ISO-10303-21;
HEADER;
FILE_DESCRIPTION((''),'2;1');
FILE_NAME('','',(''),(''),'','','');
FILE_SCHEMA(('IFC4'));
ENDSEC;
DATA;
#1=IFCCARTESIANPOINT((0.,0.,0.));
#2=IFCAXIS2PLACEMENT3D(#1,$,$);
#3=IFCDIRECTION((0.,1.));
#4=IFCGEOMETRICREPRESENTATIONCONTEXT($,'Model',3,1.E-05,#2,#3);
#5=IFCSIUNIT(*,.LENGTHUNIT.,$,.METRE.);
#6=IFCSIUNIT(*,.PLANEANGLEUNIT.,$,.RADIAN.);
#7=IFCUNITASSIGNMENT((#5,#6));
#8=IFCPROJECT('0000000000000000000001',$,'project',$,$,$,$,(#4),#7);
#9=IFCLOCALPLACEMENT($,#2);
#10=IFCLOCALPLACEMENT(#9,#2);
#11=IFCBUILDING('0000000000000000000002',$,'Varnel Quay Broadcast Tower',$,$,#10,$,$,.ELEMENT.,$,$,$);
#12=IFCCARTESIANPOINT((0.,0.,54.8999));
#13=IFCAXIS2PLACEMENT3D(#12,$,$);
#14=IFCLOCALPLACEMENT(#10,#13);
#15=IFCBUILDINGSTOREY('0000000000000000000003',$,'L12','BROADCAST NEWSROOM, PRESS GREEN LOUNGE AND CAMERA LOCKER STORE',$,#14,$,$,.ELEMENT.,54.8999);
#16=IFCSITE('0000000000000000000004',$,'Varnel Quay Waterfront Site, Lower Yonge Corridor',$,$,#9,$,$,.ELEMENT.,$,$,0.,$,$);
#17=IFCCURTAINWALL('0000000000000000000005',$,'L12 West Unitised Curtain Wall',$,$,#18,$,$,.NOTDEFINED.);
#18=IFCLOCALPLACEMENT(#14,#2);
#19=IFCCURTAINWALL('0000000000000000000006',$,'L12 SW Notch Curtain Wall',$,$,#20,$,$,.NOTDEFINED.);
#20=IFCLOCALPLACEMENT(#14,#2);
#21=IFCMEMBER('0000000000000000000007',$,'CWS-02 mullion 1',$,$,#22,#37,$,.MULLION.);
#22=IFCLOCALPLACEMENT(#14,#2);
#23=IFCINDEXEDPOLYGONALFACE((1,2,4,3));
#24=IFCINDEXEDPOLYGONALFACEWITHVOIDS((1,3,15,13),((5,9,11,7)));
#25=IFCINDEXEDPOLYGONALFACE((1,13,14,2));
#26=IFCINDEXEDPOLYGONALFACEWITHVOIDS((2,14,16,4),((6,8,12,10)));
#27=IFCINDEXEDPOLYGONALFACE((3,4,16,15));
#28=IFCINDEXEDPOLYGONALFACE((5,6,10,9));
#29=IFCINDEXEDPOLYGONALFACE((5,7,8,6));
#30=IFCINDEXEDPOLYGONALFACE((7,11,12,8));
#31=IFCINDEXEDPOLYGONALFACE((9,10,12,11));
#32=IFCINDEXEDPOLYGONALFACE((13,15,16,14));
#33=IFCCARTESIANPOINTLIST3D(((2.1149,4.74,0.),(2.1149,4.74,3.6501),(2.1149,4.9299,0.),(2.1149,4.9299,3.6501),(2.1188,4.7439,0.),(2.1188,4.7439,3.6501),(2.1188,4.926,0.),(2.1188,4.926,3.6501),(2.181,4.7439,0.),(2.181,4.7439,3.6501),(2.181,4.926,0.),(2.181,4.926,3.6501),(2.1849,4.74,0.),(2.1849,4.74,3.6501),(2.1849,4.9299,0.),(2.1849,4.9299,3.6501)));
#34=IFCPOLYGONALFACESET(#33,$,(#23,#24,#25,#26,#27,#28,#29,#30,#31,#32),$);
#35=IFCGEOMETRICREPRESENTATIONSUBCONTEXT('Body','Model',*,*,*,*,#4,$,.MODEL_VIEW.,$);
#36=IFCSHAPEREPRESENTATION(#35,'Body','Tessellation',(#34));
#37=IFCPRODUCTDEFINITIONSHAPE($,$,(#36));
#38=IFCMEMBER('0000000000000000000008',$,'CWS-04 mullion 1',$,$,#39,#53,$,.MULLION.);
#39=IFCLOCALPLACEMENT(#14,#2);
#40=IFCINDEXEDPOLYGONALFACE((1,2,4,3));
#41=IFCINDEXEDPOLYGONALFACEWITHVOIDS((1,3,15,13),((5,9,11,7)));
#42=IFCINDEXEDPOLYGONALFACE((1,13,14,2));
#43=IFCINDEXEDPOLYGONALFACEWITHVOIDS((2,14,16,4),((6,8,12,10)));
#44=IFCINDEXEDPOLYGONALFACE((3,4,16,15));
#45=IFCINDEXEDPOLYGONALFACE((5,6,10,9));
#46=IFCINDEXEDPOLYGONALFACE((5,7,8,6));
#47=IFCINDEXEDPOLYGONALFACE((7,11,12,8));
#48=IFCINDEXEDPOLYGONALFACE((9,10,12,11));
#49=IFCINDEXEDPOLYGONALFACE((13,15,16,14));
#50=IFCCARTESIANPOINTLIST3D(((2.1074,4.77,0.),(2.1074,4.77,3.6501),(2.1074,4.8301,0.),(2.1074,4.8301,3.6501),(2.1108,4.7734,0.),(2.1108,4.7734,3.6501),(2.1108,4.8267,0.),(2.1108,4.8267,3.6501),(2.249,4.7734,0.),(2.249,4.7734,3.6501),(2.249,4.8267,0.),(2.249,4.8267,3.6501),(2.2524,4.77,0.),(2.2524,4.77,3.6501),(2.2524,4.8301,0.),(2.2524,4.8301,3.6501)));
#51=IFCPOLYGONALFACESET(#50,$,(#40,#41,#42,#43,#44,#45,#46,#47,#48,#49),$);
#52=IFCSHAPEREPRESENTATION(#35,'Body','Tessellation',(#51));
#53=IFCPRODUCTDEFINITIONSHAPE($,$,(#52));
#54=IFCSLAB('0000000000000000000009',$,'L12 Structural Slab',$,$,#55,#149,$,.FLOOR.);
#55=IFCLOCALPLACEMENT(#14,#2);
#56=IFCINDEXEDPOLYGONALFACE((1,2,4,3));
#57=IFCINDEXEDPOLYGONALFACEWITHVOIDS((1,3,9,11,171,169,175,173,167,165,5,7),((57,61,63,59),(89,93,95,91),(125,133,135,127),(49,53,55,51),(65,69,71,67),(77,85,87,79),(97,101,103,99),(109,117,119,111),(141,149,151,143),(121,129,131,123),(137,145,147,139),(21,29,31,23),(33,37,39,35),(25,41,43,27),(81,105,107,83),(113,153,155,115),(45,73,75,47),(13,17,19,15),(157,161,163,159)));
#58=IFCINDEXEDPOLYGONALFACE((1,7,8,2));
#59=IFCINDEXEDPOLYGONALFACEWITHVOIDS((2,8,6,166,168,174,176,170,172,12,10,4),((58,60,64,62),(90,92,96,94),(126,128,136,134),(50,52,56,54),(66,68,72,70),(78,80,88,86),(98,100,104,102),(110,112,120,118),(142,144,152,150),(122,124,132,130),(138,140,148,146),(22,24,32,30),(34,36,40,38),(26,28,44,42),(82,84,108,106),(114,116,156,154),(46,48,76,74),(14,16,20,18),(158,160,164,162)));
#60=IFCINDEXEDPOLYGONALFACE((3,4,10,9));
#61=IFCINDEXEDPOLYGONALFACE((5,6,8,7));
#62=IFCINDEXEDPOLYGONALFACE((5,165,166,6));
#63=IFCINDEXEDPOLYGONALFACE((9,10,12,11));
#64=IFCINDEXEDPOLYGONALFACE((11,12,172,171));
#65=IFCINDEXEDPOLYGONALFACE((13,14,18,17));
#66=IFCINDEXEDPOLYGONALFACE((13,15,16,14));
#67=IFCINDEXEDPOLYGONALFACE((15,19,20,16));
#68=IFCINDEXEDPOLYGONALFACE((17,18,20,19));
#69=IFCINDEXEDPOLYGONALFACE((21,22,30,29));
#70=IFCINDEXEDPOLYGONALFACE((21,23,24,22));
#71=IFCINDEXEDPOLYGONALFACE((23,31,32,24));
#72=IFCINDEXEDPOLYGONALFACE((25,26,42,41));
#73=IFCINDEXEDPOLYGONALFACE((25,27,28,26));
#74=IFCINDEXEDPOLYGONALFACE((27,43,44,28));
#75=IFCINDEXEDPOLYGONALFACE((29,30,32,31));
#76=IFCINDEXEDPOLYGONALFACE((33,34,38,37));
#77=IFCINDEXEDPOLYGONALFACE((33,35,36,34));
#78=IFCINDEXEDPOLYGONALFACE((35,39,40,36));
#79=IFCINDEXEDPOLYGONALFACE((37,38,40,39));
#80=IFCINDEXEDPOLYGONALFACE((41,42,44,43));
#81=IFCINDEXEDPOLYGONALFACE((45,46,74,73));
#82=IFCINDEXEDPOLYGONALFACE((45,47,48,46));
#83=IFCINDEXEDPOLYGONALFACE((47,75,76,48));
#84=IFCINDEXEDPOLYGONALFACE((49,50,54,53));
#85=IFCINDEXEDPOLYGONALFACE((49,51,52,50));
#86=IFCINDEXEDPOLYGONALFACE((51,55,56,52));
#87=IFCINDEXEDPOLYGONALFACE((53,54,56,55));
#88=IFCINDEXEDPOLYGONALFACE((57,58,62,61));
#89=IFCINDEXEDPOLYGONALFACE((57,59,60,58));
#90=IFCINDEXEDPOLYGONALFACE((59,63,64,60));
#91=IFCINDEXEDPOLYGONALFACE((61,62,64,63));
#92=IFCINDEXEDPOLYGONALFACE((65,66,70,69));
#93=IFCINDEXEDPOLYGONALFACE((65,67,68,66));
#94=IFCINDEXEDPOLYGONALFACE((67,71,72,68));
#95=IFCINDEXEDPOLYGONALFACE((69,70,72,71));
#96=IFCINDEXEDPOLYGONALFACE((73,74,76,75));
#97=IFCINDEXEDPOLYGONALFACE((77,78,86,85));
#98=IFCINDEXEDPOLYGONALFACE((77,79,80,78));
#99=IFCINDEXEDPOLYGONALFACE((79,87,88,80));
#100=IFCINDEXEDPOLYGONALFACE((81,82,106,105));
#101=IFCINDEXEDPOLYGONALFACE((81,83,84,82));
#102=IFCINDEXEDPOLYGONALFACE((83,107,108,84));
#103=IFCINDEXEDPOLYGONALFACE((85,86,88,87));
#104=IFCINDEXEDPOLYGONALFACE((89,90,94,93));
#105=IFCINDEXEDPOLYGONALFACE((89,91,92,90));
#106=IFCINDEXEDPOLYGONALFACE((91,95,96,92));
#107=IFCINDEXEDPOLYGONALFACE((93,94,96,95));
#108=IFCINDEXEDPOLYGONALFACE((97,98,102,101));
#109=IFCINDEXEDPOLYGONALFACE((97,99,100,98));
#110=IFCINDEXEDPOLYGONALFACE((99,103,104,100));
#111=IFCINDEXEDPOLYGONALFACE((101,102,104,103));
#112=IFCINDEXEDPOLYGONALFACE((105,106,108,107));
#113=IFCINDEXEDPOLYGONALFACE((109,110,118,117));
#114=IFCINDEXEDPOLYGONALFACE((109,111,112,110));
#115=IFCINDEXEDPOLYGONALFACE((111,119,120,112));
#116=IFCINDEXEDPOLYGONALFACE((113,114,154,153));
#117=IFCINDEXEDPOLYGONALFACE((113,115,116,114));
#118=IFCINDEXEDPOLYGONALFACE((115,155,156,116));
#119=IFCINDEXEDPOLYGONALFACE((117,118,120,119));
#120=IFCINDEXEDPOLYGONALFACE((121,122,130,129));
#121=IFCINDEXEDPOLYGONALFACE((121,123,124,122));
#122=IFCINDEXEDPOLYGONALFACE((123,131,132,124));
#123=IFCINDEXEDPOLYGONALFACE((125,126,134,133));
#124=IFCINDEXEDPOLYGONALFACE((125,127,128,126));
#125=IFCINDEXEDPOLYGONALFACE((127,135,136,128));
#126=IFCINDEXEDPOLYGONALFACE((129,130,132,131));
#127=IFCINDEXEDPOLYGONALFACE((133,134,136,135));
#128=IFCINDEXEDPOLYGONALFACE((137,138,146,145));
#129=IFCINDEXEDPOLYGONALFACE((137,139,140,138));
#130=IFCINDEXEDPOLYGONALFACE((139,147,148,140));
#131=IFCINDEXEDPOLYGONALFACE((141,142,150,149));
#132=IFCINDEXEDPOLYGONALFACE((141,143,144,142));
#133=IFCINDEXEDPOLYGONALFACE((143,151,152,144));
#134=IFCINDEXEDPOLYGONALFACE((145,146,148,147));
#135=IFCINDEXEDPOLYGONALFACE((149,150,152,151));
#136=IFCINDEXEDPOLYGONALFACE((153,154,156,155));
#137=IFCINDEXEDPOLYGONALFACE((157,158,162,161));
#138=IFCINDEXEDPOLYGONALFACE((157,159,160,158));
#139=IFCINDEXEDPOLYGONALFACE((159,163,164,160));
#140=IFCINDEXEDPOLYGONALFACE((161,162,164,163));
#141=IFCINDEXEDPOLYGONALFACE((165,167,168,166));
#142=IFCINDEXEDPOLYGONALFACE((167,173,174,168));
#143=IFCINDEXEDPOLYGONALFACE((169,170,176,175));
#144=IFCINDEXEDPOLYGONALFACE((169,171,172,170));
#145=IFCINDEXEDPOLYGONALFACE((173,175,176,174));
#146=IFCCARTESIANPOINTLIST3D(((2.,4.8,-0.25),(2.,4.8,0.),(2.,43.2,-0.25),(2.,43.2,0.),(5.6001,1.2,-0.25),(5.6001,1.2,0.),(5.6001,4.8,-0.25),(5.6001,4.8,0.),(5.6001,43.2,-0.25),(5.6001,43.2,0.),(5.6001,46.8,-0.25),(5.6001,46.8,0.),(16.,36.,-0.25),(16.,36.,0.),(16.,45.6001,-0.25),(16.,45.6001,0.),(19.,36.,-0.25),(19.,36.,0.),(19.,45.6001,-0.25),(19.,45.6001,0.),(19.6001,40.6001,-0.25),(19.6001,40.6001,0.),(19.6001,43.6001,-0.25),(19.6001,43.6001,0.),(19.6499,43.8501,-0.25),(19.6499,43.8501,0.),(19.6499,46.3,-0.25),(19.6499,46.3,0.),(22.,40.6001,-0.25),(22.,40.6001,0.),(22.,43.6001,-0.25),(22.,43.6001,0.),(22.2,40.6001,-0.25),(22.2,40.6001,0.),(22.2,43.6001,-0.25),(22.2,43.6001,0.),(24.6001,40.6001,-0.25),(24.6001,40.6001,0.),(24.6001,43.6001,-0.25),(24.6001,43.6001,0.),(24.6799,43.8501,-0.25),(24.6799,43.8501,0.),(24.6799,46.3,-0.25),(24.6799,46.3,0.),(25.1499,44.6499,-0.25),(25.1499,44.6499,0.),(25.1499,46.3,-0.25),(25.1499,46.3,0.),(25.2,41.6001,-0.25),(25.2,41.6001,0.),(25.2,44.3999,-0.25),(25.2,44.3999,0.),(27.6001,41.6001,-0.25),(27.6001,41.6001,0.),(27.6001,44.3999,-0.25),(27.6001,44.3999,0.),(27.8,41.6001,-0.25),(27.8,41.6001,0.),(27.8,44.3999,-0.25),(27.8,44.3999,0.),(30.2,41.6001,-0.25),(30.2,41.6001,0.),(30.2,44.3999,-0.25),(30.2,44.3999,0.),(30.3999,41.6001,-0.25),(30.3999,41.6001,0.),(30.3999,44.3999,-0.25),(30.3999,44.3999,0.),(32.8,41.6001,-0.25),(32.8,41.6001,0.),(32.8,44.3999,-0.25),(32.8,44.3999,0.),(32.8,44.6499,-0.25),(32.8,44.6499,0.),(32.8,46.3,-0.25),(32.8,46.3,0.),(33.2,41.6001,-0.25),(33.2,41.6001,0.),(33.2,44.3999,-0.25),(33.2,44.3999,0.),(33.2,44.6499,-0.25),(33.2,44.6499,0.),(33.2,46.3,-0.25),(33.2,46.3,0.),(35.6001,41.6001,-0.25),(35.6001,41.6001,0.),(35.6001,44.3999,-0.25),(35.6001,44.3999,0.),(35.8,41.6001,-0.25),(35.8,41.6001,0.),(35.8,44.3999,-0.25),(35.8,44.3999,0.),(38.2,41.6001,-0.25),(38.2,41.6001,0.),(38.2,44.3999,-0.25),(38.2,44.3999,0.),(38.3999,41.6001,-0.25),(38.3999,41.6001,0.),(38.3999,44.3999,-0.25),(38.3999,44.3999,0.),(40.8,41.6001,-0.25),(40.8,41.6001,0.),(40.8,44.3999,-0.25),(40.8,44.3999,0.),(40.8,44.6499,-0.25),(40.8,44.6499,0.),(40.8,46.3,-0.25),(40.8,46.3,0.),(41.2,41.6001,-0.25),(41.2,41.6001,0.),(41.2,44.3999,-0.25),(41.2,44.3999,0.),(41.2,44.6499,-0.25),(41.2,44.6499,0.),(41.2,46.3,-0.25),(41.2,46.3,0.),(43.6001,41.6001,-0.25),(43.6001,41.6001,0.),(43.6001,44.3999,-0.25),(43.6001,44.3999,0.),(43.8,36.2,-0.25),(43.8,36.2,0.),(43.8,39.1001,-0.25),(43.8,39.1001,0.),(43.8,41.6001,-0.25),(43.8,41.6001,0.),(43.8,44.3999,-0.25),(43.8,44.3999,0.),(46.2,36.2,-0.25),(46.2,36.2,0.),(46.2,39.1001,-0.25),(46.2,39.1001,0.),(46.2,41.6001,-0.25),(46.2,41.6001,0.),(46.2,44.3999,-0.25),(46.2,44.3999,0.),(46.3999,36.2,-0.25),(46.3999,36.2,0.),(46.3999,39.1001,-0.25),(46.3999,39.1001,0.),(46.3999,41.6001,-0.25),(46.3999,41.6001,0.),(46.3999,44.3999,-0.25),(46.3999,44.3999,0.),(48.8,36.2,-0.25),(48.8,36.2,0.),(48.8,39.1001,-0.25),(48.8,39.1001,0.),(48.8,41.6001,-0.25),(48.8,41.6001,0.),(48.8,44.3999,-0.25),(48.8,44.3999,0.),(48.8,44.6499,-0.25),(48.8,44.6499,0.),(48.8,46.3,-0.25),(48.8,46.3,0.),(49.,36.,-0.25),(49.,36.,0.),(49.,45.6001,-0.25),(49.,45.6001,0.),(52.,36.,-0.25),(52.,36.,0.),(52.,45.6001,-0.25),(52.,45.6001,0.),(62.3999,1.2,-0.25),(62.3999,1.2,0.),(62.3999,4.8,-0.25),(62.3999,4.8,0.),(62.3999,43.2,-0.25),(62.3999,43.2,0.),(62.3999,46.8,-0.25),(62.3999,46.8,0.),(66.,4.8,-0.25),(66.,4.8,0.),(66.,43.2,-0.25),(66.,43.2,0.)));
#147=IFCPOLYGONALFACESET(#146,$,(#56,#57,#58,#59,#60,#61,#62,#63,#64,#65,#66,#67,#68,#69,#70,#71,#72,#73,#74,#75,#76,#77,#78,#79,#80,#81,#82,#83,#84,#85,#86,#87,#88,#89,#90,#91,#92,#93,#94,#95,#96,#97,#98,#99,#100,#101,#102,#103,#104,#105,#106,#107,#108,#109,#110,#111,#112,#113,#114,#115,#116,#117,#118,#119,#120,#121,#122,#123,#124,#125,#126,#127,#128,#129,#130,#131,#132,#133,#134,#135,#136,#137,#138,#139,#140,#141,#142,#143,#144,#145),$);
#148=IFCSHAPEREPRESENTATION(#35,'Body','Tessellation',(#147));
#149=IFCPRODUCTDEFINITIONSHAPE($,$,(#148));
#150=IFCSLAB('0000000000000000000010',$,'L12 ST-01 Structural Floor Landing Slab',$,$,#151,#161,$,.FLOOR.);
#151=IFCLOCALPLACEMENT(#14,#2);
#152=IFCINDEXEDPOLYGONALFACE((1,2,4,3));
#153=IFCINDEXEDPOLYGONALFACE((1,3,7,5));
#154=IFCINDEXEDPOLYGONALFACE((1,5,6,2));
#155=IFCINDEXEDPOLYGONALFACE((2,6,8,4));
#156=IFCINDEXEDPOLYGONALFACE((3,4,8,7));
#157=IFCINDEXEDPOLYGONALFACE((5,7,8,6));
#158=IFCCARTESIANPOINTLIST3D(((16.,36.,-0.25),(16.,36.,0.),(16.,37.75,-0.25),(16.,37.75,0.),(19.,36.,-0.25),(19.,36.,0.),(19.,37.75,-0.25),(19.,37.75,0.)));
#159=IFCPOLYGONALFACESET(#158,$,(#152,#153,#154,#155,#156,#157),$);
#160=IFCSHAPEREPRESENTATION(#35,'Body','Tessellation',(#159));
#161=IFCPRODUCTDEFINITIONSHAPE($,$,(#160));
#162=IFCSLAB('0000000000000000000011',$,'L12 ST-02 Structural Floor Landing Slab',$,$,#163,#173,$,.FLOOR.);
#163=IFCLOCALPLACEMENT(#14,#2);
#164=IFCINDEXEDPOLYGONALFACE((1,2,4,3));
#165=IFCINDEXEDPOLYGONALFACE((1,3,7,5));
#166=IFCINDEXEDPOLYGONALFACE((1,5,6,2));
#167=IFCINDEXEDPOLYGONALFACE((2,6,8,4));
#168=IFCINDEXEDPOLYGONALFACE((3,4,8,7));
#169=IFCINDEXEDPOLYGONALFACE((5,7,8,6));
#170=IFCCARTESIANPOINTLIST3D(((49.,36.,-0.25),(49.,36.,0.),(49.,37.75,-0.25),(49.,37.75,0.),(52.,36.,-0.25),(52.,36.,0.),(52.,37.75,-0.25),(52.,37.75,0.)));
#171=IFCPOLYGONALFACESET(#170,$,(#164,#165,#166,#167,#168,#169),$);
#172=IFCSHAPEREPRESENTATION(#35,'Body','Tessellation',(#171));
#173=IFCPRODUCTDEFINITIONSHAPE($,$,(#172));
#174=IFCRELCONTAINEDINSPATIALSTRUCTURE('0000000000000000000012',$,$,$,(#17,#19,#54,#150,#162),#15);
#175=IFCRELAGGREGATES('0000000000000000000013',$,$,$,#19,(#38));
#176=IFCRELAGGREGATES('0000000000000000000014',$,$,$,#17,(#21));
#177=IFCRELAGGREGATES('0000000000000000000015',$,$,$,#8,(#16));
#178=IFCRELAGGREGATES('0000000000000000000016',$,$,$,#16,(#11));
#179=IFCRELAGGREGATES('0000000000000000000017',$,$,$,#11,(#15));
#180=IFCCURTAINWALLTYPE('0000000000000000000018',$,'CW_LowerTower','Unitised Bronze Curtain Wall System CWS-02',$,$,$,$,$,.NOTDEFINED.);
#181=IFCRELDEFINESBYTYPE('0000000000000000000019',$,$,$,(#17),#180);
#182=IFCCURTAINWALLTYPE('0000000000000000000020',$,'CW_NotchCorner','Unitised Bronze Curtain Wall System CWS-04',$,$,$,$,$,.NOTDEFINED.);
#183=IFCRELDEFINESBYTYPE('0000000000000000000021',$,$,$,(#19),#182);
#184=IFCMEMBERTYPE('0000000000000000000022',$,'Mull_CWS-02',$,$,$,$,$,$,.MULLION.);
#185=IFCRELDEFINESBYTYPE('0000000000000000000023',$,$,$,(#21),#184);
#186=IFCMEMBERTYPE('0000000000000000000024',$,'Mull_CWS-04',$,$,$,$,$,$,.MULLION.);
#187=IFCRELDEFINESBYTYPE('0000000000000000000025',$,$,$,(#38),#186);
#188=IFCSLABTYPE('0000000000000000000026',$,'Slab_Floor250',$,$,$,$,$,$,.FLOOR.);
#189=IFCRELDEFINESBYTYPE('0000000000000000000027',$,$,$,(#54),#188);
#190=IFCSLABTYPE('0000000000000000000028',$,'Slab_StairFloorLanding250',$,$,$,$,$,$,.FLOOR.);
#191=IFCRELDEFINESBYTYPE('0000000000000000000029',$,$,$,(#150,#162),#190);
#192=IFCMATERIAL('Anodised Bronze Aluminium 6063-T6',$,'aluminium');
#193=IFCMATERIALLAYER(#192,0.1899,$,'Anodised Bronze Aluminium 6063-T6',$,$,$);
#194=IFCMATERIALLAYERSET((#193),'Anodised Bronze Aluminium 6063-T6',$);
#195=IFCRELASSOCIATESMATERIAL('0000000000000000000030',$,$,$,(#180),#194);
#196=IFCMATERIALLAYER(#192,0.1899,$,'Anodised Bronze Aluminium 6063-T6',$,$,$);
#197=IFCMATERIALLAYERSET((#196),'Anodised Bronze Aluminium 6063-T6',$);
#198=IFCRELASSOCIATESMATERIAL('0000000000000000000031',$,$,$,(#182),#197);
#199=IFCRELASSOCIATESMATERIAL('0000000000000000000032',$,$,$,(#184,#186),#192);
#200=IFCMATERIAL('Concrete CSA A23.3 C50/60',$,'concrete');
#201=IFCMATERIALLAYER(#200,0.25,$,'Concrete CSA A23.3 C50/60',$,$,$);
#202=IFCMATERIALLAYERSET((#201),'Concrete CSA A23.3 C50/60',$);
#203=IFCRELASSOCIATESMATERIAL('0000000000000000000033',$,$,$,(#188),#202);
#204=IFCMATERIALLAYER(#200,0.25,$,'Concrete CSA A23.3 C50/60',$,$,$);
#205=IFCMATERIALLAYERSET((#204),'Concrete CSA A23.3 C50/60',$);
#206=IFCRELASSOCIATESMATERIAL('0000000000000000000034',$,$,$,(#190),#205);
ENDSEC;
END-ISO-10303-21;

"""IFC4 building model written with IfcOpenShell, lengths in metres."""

from ifc_helpers import new_model, si_unit, direction, frame, origin, origin_2d, place, context, subcontext, project, spatial, polyline, hollow_rectangle, outline, extrude, source, transform, mapped, material, layer, layer_set, material_profile, profile_set, type_object, type_shapes, element, aggregate, save


model = new_model("IFC4")

# Units and contexts
model_context = context("Model", 3, precision=1e-05, world=origin(), true_north=direction((0.0, 1.0)))
body_context = subcontext(model_context, "Body", "Model", "MODEL_VIEW")
ifc_project = project(units=[si_unit("LENGTHUNIT", "METRE"), si_unit("PLANEANGLEUNIT", "RADIAN")], contexts=[model_context])

# Site, building, storey
site_placement = place(None, origin())
site = spatial("IfcSite", under=ifc_project, at=site_placement, Name="Varnel Quay Waterfront Site, Lower Yonge Corridor", CompositionType="ELEMENT", RefElevation=0.0)
building_placement = place(site_placement, origin())
building = spatial("IfcBuilding", under=site, at=building_placement, Name="Varnel Quay Broadcast Tower", CompositionType="ELEMENT")
storey_placement = place(building_placement, frame((0.0, 0.0, 54.8999)))
storey = spatial("IfcBuildingStorey", under=building, at=storey_placement, Name="L12", Description="BROADCAST NEWSROOM, PRESS GREEN LOUNGE AND CAMERA LOCKER STORE", CompositionType="ELEMENT", Elevation=54.8999)

# Curtain walls
ifc_material_1 = material(Name="Anodised Bronze Aluminium 6063-T6", Category="aluminium")
ifc_layer_1 = layer(ifc_material_1, 0.1899, Name="Anodised Bronze Aluminium 6063-T6")
ifc_layer_set_1 = layer_set([ifc_layer_1], Name="Anodised Bronze Aluminium 6063-T6")
curtain_wall_type_1 = type_object("IfcCurtainWallType", Name="CW_LowerTower", Description="Unitised Bronze Curtain Wall System CWS-02", PredefinedType="NOTDEFINED", material=ifc_layer_set_1)
curtain_wall_1_placement = place(storey_placement, origin())
curtain_wall_1 = element("IfcCurtainWall", 1, at=curtain_wall_1_placement, inside=storey, type_object=curtain_wall_type_1, Name="L12 West Unitised Curtain Wall", PredefinedType="NOTDEFINED")
ifc_layer_2 = layer(ifc_material_1, 0.1899, Name="Anodised Bronze Aluminium 6063-T6")
ifc_layer_set_2 = layer_set([ifc_layer_2], Name="Anodised Bronze Aluminium 6063-T6")
curtain_wall_type_2 = type_object("IfcCurtainWallType", Name="CW_NotchCorner", Description="Unitised Bronze Curtain Wall System CWS-04", PredefinedType="NOTDEFINED", material=ifc_layer_set_2)
curtain_wall_2_placement = place(storey_placement, origin())
curtain_wall_2 = element("IfcCurtainWall", 2, at=curtain_wall_2_placement, inside=storey, type_object=curtain_wall_type_2, Name="L12 SW Notch Curtain Wall", PredefinedType="NOTDEFINED")

# Members
ifc_material_profile_1 = material_profile(ifc_material_1, hollow_rectangle(XDim=0.0701, YDim=0.1899, WallThickness=0.0039, at=origin_2d()), Name="ALU70X190X4")
ifc_profile_set_1 = profile_set([ifc_material_profile_1], Name="Anodised Bronze Aluminium 6063-T6")
member_type_1 = type_object("IfcMemberType", Name="Mull_CWS-02", PredefinedType="MULLION", material=ifc_profile_set_1)
shared_shape_1 = source(origin(), body_context, "Body", "SweptSolid", [
    extrude(hollow_rectangle(XDim=0.0701, YDim=0.1899, WallThickness=0.0039, at=origin_2d()), origin(), (0.0, 0.0, 1.0), 3.6501),
])
type_shapes(member_type_1, [shared_shape_1])
member_1_placement = place(storey_placement, frame((2.1499, 4.835, 0.0), z_axis=(0.0, 0.0, 1.0), x_axis=(-1.0, 0.0, 0.0)))
member_1 = element("IfcMember", 3, at=member_1_placement, type_object=member_type_1, Name="CWS-02 mullion 1", PredefinedType="MULLION", context=body_context, shape_type="MappedRepresentation", body=[
    mapped(shared_shape_1, transform((0.0, 0.0, 0.0), x_axis=(1.0, 0.0, 0.0), y_axis=(0.0, 1.0, 0.0), z_axis=(0.0, 0.0, 1.0), scale=1.0)),
])
ifc_material_profile_2 = material_profile(ifc_material_1, hollow_rectangle(XDim=0.0601, YDim=0.145, WallThickness=0.0034, at=origin_2d()), Name="ALU60X145X3.5")
ifc_profile_set_2 = profile_set([ifc_material_profile_2], Name="Anodised Bronze Aluminium 6063-T6")
member_type_2 = type_object("IfcMemberType", Name="Mull_CWS-04", PredefinedType="MULLION", material=ifc_profile_set_2)
shared_shape_2 = source(origin(), body_context, "Body", "SweptSolid", [
    extrude(hollow_rectangle(XDim=0.0601, YDim=0.145, WallThickness=0.0034, at=origin_2d()), origin(), (0.0, 0.0, 1.0), 3.6501),
])
type_shapes(member_type_2, [shared_shape_2])
member_2_placement = place(storey_placement, frame((2.1799, 4.8, 0.0), z_axis=(0.0, 0.0, 1.0), x_axis=(0.0, 1.0, 0.0)))
member_2 = element("IfcMember", 4, at=member_2_placement, type_object=member_type_2, Name="CWS-04 mullion 1", PredefinedType="MULLION", context=body_context, shape_type="MappedRepresentation", body=[
    mapped(shared_shape_2, transform((0.0, 0.0, 0.0), x_axis=(1.0, 0.0, 0.0), y_axis=(0.0, 1.0, 0.0), z_axis=(0.0, 0.0, 1.0), scale=1.0)),
])
aggregate(curtain_wall_2, [member_2])

# Slabs
ifc_material_2 = material(Name="Concrete CSA A23.3 C50/60", Category="concrete")
ifc_layer_3 = layer(ifc_material_2, 0.25, Name="Concrete CSA A23.3 C50/60")
ifc_layer_set_3 = layer_set([ifc_layer_3], Name="Concrete CSA A23.3 C50/60")
slab_type_1 = type_object("IfcSlabType", Name="Slab_Floor250", PredefinedType="FLOOR", material=ifc_layer_set_3)
slab_1_placement = place(storey_placement, frame((0.0, 0.0, -0.25)))
element("IfcSlab", 5, at=slab_1_placement, inside=storey, type_object=slab_type_1, Name="L12 Structural Slab", PredefinedType="FLOOR", context=body_context, shape_type="SweptSolid", body=[
    extrude(outline(polyline([(5.6001, 1.2), (62.3999, 1.2), (62.3999, 4.8), (66.0, 4.8), (66.0, 43.2), (62.3999, 43.2), (62.3999, 46.8), (5.6001, 46.8), (5.6001, 43.2), (2.0, 43.2), (2.0, 4.8), (5.6001, 4.8), (5.6001, 1.2)]), holes=[polyline([(16.0, 36.0), (16.0, 45.6001), (19.0, 45.6001), (19.0, 36.0), (16.0, 36.0)]), polyline([(19.6001, 43.6001), (22.0, 43.6001), (22.0, 40.6001), (19.6001, 40.6001), (19.6001, 43.6001)]), polyline([(22.2, 43.6001), (24.6001, 43.6001), (24.6001, 40.6001), (22.2, 40.6001), (22.2, 43.6001)]), polyline([(25.2, 44.3999), (27.6001, 44.3999), (27.6001, 41.6001), (25.2, 41.6001), (25.2, 44.3999)]), polyline([(27.8, 44.3999), (30.2, 44.3999), (30.2, 41.6001), (27.8, 41.6001), (27.8, 44.3999)]), polyline([(30.3999, 44.3999), (32.8, 44.3999), (32.8, 41.6001), (30.3999, 41.6001), (30.3999, 44.3999)]), polyline([(33.2, 44.3999), (35.6001, 44.3999), (35.6001, 41.6001), (33.2, 41.6001), (33.2, 44.3999)]), polyline([(38.2, 44.3999), (38.2, 41.6001), (35.8, 41.6001), (35.8, 44.3999), (38.2, 44.3999)]), polyline([(24.6799, 46.3), (24.6799, 43.8501), (19.6499, 43.8501), (19.6499, 46.3), (24.6799, 46.3)]), polyline([(25.1499, 46.3), (32.8, 46.3), (32.8, 44.6499), (25.1499, 44.6499), (25.1499, 46.3)]), polyline([(43.8, 39.1001), (46.2, 39.1001), (46.2, 36.2), (43.8, 36.2), (43.8, 39.1001)]), polyline([(46.3999, 39.1001), (48.8, 39.1001), (48.8, 36.2), (46.3999, 36.2), (46.3999, 39.1001)]), polyline([(49.0, 45.6001), (52.0, 45.6001), (52.0, 36.0), (49.0, 36.0), (49.0, 45.6001)]), polyline([(40.8, 44.3999), (40.8, 41.6001), (38.3999, 41.6001), (38.3999, 44.3999), (40.8, 44.3999)]), polyline([(41.2, 44.3999), (43.6001, 44.3999), (43.6001, 41.6001), (41.2, 41.6001), (41.2, 44.3999)]), polyline([(43.8, 44.3999), (46.2, 44.3999), (46.2, 41.6001), (43.8, 41.6001), (43.8, 44.3999)]), polyline([(46.3999, 44.3999), (48.8, 44.3999), (48.8, 41.6001), (46.3999, 41.6001), (46.3999, 44.3999)]), polyline([(40.8, 46.3), (40.8, 44.6499), (33.2, 44.6499), (33.2, 46.3), (40.8, 46.3)]), polyline([(48.8, 46.3), (48.8, 44.6499), (41.2, 44.6499), (41.2, 46.3), (48.8, 46.3)])]), origin(), (0.0, 0.0, 1.0), 0.25),
])
ifc_layer_4 = layer(ifc_material_2, 0.25, Name="Concrete CSA A23.3 C50/60")
ifc_layer_set_4 = layer_set([ifc_layer_4], Name="Concrete CSA A23.3 C50/60")
slab_type_2 = type_object("IfcSlabType", Name="Slab_StairFloorLanding250", PredefinedType="FLOOR", material=ifc_layer_set_4)
slab_2_placement = place(storey_placement, frame((0.0, 0.0, -0.25)))
element("IfcSlab", 6, at=slab_2_placement, inside=storey, type_object=slab_type_2, Name="L12 ST-01 Structural Floor Landing Slab", PredefinedType="FLOOR", context=body_context, shape_type="SweptSolid", body=[
    extrude(outline(polyline([(19.0, 36.0), (19.0, 37.75), (16.0, 37.75), (16.0, 36.0), (19.0, 36.0)])), origin(), (0.0, 0.0, 1.0), 0.25),
])
slab_3_placement = place(storey_placement, frame((0.0, 0.0, -0.25)))
element("IfcSlab", 7, at=slab_3_placement, inside=storey, type_object=slab_type_2, Name="L12 ST-02 Structural Floor Landing Slab", PredefinedType="FLOOR", context=body_context, shape_type="SweptSolid", body=[
    extrude(outline(polyline([(52.0, 36.0), (52.0, 37.75), (49.0, 37.75), (49.0, 36.0), (52.0, 36.0)])), origin(), (0.0, 0.0, 1.0), 0.25),
])

aggregate(curtain_wall_1, [member_1])

save(model, "model.ifc")
